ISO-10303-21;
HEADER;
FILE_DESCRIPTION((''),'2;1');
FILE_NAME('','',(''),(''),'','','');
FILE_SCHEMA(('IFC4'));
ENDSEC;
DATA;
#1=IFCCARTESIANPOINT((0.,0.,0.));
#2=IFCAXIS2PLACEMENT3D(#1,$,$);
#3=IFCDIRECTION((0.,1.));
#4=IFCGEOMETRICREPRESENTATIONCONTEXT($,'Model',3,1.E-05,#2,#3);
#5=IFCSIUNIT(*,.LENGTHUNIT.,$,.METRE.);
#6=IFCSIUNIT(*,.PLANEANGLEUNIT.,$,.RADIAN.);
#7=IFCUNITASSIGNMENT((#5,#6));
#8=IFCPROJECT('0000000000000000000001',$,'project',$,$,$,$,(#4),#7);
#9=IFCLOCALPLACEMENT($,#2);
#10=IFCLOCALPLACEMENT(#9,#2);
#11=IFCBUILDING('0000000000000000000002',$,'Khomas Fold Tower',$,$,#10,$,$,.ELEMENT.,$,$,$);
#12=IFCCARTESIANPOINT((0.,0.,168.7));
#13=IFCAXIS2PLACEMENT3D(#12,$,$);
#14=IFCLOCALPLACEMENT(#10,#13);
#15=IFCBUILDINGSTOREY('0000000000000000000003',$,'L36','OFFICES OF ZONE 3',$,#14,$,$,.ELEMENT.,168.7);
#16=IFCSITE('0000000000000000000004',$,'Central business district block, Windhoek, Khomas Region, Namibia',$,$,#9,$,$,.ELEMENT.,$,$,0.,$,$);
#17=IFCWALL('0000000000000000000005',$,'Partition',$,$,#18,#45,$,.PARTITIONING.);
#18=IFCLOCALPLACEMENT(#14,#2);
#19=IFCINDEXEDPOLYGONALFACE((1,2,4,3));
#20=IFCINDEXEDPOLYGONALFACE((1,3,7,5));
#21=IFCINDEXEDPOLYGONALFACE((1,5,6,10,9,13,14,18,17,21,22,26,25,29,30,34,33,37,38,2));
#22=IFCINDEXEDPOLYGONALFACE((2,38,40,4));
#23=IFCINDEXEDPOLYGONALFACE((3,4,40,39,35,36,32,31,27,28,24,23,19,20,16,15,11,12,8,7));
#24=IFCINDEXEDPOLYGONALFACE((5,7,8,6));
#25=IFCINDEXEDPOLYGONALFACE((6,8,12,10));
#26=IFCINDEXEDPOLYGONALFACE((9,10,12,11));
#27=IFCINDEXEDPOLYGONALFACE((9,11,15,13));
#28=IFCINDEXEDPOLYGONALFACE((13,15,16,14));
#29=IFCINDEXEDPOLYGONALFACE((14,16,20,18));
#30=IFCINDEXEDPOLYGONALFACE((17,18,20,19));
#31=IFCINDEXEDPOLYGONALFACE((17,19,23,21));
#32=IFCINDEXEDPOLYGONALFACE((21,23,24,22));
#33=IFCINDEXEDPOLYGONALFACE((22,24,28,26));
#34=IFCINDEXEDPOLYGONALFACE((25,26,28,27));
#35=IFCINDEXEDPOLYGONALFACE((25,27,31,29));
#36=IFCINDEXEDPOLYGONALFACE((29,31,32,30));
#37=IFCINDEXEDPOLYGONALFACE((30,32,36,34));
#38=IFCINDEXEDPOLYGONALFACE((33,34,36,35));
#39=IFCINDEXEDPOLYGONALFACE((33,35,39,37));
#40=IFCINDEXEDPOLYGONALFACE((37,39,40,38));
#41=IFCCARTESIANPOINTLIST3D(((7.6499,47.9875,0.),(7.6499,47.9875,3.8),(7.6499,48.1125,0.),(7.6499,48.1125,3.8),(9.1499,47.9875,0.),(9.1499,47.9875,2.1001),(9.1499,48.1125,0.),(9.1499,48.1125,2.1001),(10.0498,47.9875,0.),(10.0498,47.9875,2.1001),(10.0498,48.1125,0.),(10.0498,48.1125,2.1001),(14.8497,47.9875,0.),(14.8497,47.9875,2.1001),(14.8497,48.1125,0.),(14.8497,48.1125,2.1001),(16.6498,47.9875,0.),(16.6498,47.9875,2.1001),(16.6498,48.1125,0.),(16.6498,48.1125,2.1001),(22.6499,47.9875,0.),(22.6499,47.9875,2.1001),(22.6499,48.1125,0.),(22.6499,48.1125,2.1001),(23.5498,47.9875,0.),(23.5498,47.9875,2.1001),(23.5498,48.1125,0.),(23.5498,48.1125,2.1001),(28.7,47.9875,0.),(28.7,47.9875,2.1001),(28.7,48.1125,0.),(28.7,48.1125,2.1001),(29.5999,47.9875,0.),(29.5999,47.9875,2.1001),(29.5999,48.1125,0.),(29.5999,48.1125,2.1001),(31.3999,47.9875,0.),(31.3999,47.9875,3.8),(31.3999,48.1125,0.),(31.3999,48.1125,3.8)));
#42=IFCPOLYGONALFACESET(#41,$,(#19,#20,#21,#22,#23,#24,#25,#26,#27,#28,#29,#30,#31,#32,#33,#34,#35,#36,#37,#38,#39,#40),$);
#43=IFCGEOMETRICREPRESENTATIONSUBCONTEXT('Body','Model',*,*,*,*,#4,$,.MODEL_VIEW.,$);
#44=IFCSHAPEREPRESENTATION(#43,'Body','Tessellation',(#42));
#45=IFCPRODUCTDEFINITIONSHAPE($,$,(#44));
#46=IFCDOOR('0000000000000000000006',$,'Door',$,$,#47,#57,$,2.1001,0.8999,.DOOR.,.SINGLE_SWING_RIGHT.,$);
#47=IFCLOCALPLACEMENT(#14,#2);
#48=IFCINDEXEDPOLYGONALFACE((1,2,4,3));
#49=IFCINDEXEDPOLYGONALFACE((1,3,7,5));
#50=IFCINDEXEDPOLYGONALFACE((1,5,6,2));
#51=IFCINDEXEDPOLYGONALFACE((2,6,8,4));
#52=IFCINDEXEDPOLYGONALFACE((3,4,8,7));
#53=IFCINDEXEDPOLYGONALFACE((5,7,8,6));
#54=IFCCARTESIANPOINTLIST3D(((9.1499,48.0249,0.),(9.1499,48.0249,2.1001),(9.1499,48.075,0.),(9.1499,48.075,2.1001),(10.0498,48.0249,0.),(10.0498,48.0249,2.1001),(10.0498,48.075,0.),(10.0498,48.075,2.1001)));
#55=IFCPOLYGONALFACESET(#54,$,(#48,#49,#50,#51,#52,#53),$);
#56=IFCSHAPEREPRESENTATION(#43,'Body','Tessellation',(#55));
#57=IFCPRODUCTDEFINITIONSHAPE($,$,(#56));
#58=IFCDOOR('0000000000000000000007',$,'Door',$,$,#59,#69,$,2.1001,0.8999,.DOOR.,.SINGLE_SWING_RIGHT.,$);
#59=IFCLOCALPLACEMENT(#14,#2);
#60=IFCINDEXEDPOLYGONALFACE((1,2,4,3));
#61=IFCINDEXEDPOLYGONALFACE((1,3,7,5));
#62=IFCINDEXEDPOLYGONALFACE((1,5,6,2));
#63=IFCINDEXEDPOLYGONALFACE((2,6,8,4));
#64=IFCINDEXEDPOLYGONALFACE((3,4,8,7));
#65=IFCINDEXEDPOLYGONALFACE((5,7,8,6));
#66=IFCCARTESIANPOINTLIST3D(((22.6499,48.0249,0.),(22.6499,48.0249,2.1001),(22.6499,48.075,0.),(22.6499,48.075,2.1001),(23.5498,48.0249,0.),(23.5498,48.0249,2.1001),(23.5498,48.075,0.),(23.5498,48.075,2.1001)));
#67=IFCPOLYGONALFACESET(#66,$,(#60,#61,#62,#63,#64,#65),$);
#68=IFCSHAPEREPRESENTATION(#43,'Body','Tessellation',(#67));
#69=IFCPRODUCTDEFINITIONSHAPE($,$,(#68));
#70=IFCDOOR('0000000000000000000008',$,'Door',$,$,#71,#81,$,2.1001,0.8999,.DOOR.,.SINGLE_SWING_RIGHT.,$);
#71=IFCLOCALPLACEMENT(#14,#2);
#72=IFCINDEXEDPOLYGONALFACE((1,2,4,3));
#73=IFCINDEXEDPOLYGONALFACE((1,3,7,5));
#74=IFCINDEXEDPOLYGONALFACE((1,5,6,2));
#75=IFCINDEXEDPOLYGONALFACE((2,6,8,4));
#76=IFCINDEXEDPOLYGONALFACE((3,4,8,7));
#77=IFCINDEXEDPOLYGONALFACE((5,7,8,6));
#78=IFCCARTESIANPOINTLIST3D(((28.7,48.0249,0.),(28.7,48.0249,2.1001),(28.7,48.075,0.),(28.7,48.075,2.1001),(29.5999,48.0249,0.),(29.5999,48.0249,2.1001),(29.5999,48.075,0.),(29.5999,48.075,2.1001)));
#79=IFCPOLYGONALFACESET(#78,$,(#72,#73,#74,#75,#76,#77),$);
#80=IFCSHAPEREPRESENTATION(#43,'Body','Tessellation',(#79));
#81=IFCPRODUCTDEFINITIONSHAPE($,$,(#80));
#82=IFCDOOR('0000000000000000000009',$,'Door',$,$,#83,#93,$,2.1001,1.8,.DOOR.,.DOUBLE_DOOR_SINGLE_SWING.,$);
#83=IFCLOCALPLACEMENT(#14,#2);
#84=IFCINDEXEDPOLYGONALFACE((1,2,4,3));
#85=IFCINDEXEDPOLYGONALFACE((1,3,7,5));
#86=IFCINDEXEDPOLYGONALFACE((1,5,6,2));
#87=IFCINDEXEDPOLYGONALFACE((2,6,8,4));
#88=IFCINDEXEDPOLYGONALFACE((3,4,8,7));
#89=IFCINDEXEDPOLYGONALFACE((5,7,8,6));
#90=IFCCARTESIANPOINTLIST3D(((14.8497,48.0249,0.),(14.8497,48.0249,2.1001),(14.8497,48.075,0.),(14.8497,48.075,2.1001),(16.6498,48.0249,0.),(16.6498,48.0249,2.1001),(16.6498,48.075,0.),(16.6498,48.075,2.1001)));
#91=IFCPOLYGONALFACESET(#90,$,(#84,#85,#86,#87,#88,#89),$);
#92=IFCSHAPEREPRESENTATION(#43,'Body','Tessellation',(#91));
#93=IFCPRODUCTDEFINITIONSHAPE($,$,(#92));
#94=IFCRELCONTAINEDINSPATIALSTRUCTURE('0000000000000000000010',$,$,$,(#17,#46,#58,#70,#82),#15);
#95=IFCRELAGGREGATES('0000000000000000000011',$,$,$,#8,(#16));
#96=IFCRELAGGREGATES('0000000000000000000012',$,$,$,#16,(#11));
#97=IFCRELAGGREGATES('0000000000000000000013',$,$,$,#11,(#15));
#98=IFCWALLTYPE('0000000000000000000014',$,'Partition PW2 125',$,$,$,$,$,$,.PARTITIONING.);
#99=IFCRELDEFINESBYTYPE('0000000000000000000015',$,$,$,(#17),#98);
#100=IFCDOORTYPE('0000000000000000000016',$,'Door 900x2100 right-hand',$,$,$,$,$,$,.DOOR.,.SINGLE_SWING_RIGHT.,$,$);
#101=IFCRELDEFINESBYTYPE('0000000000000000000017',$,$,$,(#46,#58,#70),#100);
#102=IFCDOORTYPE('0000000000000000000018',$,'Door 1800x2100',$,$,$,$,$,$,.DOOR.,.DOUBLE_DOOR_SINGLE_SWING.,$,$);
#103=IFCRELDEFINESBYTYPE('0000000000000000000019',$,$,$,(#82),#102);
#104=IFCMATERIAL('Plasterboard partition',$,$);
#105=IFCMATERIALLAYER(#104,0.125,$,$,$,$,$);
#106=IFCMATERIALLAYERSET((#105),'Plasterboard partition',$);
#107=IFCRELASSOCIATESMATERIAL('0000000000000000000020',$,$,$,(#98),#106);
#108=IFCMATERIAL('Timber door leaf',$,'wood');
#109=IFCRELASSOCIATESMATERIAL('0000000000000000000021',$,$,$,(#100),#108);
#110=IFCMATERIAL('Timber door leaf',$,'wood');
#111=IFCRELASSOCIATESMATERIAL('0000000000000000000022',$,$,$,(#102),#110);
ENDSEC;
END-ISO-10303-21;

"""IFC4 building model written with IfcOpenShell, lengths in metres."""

from ifc_helpers import new_model, si_unit, direction, frame, frame_2d, origin, place, context, subcontext, project, spatial, rectangle, extrude, source, transform, mapped, material, layer, layer_set, type_object, element, fill, save


model = new_model("IFC4")

# Units and contexts
model_context = context("Model", 3, precision=1e-05, world=origin(), true_north=direction((0.0, 1.0)))
body_context = subcontext(model_context, "Body", "Model", "MODEL_VIEW")
ifc_project = project(units=[si_unit("LENGTHUNIT", "METRE"), si_unit("PLANEANGLEUNIT", "RADIAN")], contexts=[model_context])

# Site, building, storey
site_placement = place(None, origin())
site = spatial("IfcSite", under=ifc_project, at=site_placement, Name="Central business district block, Windhoek, Khomas Region, Namibia", CompositionType="ELEMENT", RefElevation=0.0)
building_placement = place(site_placement, origin())
building = spatial("IfcBuilding", under=site, at=building_placement, Name="Khomas Fold Tower", CompositionType="ELEMENT")
storey_placement = place(building_placement, frame((0.0, 0.0, 168.7)))
storey = spatial("IfcBuildingStorey", under=building, at=storey_placement, Name="L36", Description="OFFICES OF ZONE 3", CompositionType="ELEMENT", Elevation=168.7)

# Wall, openings, doors
ifc_material_1 = material(Name="Plasterboard partition")
ifc_layer_1 = layer(ifc_material_1, 0.125)
ifc_layer_set_1 = layer_set([ifc_layer_1], Name="Plasterboard partition")
wall_type_1 = type_object("IfcWallType", Name="Partition PW2 125", PredefinedType="PARTITIONING", material=ifc_layer_set_1)
shared_shape_1 = source(origin(), body_context, "Body", "SweptSolid", [
    extrude(rectangle(XDim=23.75, YDim=0.125, at=frame_2d((11.875, 0.0))), origin(), (0.0, 0.0, 1.0), 3.8),
])
wall_1_placement = place(storey_placement, frame((7.6499, 48.05, 0.0), z_axis=(0.0, 0.0, 1.0), x_axis=(1.0, 0.0, 0.0)))
wall_1 = element("IfcWall", 1, at=wall_1_placement, inside=storey, type_object=wall_type_1, Name="Partition", PredefinedType="PARTITIONING", context=body_context, shape_type="MappedRepresentation", body=[
    mapped(shared_shape_1, transform((0.0, 0.0, 0.0))),
])
shared_shape_2 = source(origin(), body_context, "Body", "SweptSolid", [
    extrude(rectangle(XDim=0.8999, YDim=2.1001, at=frame_2d((0.45, 1.05))), frame((0.0, 0.0725, 0.0), z_axis=(0.0, -1.0, 0.0), x_axis=(1.0, 0.0, 0.0)), (0.0, 0.0, 1.0), 0.145),
])
opening_1_placement = place(wall_1_placement, frame((1.5, 0.0, 0.0)))
opening_1 = element("IfcOpeningElement", 2, at=opening_1_placement, cuts=wall_1, PredefinedType="OPENING", context=body_context, shape_type="MappedRepresentation", body=[
    mapped(shared_shape_2, transform((0.0, 0.0, 0.0))),
])
shared_shape_3 = source(origin(), body_context, "Body", "SweptSolid", [
    extrude(rectangle(XDim=1.8, YDim=2.1001, at=frame_2d((0.8999, 1.05))), frame((0.0, 0.0725, 0.0), z_axis=(0.0, -1.0, 0.0), x_axis=(1.0, 0.0, 0.0)), (0.0, 0.0, 1.0), 0.145),
])
opening_2_placement = place(wall_1_placement, frame((7.2, 0.0, 0.0)))
opening_2 = element("IfcOpeningElement", 3, at=opening_2_placement, cuts=wall_1, PredefinedType="OPENING", context=body_context, shape_type="MappedRepresentation", body=[
    mapped(shared_shape_3, transform((0.0, 0.0, 0.0))),
])
opening_3_placement = place(wall_1_placement, frame((15.0, 0.0, 0.0)))
opening_3 = element("IfcOpeningElement", 4, at=opening_3_placement, cuts=wall_1, PredefinedType="OPENING", context=body_context, shape_type="MappedRepresentation", body=[
    mapped(shared_shape_2, transform((0.0, 0.0, 0.0))),
])
opening_4_placement = place(wall_1_placement, frame((21.05, 0.0, 0.0)))
opening_4 = element("IfcOpeningElement", 5, at=opening_4_placement, cuts=wall_1, PredefinedType="OPENING", context=body_context, shape_type="MappedRepresentation", body=[
    mapped(shared_shape_2, transform((0.0, 0.0, 0.0))),
])
ifc_material_2 = material(Name="Timber door leaf", Category="wood")
door_type_1 = type_object("IfcDoorType", Name="Door 900x2100 right-hand", OperationType="SINGLE_SWING_RIGHT", PredefinedType="DOOR", material=ifc_material_2)
shared_shape_4 = source(origin(), body_context, "Body", "SweptSolid", [
    extrude(rectangle(XDim=0.8999, YDim=2.1001, at=frame_2d((0.45, 1.05))), frame((0.0, 0.0249, 0.0), z_axis=(0.0, -1.0, 0.0), x_axis=(1.0, 0.0, 0.0)), (0.0, 0.0, 1.0), 0.05),
])
door_1_placement = place(opening_1_placement, origin())
door_1 = element("IfcDoor", 6, at=door_1_placement, inside=storey, type_object=door_type_1, Name="Door", OperationType="SINGLE_SWING_RIGHT", OverallHeight=2.1001, OverallWidth=0.8999, PredefinedType="DOOR", context=body_context, shape_type="MappedRepresentation", body=[
    mapped(shared_shape_4, transform((0.0, 0.0, 0.0))),
])
fill(opening_1, door_1)
door_2_placement = place(opening_3_placement, origin())
door_2 = element("IfcDoor", 7, at=door_2_placement, inside=storey, type_object=door_type_1, Name="Door", OperationType="SINGLE_SWING_RIGHT", OverallHeight=2.1001, OverallWidth=0.8999, PredefinedType="DOOR", context=body_context, shape_type="MappedRepresentation", body=[
    mapped(shared_shape_4, transform((0.0, 0.0, 0.0))),
])
fill(opening_3, door_2)
door_3_placement = place(opening_4_placement, origin())
door_3 = element("IfcDoor", 8, at=door_3_placement, inside=storey, type_object=door_type_1, Name="Door", OperationType="SINGLE_SWING_RIGHT", OverallHeight=2.1001, OverallWidth=0.8999, PredefinedType="DOOR", context=body_context, shape_type="MappedRepresentation", body=[
    mapped(shared_shape_4, transform((0.0, 0.0, 0.0))),
])
fill(opening_4, door_3)
ifc_material_3 = material(Name="Timber door leaf", Category="wood")
door_type_2 = type_object("IfcDoorType", Name="Door 1800x2100", OperationType="DOUBLE_DOOR_SINGLE_SWING", PredefinedType="DOOR", material=ifc_material_3)
shared_shape_5 = source(origin(), body_context, "Body", "SweptSolid", [
    extrude(rectangle(XDim=1.8, YDim=2.1001, at=frame_2d((0.8999, 1.05))), frame((0.0, 0.0249, 0.0), z_axis=(0.0, -1.0, 0.0), x_axis=(1.0, 0.0, 0.0)), (0.0, 0.0, 1.0), 0.05),
])
door_4_placement = place(opening_2_placement, origin())
door_4 = element("IfcDoor", 9, at=door_4_placement, inside=storey, type_object=door_type_2, Name="Door", OperationType="DOUBLE_DOOR_SINGLE_SWING", OverallHeight=2.1001, OverallWidth=1.8, PredefinedType="DOOR", context=body_context, shape_type="MappedRepresentation", body=[
    mapped(shared_shape_5, transform((0.0, 0.0, 0.0))),
])
fill(opening_2, door_4)

save(model, "model.ifc")
